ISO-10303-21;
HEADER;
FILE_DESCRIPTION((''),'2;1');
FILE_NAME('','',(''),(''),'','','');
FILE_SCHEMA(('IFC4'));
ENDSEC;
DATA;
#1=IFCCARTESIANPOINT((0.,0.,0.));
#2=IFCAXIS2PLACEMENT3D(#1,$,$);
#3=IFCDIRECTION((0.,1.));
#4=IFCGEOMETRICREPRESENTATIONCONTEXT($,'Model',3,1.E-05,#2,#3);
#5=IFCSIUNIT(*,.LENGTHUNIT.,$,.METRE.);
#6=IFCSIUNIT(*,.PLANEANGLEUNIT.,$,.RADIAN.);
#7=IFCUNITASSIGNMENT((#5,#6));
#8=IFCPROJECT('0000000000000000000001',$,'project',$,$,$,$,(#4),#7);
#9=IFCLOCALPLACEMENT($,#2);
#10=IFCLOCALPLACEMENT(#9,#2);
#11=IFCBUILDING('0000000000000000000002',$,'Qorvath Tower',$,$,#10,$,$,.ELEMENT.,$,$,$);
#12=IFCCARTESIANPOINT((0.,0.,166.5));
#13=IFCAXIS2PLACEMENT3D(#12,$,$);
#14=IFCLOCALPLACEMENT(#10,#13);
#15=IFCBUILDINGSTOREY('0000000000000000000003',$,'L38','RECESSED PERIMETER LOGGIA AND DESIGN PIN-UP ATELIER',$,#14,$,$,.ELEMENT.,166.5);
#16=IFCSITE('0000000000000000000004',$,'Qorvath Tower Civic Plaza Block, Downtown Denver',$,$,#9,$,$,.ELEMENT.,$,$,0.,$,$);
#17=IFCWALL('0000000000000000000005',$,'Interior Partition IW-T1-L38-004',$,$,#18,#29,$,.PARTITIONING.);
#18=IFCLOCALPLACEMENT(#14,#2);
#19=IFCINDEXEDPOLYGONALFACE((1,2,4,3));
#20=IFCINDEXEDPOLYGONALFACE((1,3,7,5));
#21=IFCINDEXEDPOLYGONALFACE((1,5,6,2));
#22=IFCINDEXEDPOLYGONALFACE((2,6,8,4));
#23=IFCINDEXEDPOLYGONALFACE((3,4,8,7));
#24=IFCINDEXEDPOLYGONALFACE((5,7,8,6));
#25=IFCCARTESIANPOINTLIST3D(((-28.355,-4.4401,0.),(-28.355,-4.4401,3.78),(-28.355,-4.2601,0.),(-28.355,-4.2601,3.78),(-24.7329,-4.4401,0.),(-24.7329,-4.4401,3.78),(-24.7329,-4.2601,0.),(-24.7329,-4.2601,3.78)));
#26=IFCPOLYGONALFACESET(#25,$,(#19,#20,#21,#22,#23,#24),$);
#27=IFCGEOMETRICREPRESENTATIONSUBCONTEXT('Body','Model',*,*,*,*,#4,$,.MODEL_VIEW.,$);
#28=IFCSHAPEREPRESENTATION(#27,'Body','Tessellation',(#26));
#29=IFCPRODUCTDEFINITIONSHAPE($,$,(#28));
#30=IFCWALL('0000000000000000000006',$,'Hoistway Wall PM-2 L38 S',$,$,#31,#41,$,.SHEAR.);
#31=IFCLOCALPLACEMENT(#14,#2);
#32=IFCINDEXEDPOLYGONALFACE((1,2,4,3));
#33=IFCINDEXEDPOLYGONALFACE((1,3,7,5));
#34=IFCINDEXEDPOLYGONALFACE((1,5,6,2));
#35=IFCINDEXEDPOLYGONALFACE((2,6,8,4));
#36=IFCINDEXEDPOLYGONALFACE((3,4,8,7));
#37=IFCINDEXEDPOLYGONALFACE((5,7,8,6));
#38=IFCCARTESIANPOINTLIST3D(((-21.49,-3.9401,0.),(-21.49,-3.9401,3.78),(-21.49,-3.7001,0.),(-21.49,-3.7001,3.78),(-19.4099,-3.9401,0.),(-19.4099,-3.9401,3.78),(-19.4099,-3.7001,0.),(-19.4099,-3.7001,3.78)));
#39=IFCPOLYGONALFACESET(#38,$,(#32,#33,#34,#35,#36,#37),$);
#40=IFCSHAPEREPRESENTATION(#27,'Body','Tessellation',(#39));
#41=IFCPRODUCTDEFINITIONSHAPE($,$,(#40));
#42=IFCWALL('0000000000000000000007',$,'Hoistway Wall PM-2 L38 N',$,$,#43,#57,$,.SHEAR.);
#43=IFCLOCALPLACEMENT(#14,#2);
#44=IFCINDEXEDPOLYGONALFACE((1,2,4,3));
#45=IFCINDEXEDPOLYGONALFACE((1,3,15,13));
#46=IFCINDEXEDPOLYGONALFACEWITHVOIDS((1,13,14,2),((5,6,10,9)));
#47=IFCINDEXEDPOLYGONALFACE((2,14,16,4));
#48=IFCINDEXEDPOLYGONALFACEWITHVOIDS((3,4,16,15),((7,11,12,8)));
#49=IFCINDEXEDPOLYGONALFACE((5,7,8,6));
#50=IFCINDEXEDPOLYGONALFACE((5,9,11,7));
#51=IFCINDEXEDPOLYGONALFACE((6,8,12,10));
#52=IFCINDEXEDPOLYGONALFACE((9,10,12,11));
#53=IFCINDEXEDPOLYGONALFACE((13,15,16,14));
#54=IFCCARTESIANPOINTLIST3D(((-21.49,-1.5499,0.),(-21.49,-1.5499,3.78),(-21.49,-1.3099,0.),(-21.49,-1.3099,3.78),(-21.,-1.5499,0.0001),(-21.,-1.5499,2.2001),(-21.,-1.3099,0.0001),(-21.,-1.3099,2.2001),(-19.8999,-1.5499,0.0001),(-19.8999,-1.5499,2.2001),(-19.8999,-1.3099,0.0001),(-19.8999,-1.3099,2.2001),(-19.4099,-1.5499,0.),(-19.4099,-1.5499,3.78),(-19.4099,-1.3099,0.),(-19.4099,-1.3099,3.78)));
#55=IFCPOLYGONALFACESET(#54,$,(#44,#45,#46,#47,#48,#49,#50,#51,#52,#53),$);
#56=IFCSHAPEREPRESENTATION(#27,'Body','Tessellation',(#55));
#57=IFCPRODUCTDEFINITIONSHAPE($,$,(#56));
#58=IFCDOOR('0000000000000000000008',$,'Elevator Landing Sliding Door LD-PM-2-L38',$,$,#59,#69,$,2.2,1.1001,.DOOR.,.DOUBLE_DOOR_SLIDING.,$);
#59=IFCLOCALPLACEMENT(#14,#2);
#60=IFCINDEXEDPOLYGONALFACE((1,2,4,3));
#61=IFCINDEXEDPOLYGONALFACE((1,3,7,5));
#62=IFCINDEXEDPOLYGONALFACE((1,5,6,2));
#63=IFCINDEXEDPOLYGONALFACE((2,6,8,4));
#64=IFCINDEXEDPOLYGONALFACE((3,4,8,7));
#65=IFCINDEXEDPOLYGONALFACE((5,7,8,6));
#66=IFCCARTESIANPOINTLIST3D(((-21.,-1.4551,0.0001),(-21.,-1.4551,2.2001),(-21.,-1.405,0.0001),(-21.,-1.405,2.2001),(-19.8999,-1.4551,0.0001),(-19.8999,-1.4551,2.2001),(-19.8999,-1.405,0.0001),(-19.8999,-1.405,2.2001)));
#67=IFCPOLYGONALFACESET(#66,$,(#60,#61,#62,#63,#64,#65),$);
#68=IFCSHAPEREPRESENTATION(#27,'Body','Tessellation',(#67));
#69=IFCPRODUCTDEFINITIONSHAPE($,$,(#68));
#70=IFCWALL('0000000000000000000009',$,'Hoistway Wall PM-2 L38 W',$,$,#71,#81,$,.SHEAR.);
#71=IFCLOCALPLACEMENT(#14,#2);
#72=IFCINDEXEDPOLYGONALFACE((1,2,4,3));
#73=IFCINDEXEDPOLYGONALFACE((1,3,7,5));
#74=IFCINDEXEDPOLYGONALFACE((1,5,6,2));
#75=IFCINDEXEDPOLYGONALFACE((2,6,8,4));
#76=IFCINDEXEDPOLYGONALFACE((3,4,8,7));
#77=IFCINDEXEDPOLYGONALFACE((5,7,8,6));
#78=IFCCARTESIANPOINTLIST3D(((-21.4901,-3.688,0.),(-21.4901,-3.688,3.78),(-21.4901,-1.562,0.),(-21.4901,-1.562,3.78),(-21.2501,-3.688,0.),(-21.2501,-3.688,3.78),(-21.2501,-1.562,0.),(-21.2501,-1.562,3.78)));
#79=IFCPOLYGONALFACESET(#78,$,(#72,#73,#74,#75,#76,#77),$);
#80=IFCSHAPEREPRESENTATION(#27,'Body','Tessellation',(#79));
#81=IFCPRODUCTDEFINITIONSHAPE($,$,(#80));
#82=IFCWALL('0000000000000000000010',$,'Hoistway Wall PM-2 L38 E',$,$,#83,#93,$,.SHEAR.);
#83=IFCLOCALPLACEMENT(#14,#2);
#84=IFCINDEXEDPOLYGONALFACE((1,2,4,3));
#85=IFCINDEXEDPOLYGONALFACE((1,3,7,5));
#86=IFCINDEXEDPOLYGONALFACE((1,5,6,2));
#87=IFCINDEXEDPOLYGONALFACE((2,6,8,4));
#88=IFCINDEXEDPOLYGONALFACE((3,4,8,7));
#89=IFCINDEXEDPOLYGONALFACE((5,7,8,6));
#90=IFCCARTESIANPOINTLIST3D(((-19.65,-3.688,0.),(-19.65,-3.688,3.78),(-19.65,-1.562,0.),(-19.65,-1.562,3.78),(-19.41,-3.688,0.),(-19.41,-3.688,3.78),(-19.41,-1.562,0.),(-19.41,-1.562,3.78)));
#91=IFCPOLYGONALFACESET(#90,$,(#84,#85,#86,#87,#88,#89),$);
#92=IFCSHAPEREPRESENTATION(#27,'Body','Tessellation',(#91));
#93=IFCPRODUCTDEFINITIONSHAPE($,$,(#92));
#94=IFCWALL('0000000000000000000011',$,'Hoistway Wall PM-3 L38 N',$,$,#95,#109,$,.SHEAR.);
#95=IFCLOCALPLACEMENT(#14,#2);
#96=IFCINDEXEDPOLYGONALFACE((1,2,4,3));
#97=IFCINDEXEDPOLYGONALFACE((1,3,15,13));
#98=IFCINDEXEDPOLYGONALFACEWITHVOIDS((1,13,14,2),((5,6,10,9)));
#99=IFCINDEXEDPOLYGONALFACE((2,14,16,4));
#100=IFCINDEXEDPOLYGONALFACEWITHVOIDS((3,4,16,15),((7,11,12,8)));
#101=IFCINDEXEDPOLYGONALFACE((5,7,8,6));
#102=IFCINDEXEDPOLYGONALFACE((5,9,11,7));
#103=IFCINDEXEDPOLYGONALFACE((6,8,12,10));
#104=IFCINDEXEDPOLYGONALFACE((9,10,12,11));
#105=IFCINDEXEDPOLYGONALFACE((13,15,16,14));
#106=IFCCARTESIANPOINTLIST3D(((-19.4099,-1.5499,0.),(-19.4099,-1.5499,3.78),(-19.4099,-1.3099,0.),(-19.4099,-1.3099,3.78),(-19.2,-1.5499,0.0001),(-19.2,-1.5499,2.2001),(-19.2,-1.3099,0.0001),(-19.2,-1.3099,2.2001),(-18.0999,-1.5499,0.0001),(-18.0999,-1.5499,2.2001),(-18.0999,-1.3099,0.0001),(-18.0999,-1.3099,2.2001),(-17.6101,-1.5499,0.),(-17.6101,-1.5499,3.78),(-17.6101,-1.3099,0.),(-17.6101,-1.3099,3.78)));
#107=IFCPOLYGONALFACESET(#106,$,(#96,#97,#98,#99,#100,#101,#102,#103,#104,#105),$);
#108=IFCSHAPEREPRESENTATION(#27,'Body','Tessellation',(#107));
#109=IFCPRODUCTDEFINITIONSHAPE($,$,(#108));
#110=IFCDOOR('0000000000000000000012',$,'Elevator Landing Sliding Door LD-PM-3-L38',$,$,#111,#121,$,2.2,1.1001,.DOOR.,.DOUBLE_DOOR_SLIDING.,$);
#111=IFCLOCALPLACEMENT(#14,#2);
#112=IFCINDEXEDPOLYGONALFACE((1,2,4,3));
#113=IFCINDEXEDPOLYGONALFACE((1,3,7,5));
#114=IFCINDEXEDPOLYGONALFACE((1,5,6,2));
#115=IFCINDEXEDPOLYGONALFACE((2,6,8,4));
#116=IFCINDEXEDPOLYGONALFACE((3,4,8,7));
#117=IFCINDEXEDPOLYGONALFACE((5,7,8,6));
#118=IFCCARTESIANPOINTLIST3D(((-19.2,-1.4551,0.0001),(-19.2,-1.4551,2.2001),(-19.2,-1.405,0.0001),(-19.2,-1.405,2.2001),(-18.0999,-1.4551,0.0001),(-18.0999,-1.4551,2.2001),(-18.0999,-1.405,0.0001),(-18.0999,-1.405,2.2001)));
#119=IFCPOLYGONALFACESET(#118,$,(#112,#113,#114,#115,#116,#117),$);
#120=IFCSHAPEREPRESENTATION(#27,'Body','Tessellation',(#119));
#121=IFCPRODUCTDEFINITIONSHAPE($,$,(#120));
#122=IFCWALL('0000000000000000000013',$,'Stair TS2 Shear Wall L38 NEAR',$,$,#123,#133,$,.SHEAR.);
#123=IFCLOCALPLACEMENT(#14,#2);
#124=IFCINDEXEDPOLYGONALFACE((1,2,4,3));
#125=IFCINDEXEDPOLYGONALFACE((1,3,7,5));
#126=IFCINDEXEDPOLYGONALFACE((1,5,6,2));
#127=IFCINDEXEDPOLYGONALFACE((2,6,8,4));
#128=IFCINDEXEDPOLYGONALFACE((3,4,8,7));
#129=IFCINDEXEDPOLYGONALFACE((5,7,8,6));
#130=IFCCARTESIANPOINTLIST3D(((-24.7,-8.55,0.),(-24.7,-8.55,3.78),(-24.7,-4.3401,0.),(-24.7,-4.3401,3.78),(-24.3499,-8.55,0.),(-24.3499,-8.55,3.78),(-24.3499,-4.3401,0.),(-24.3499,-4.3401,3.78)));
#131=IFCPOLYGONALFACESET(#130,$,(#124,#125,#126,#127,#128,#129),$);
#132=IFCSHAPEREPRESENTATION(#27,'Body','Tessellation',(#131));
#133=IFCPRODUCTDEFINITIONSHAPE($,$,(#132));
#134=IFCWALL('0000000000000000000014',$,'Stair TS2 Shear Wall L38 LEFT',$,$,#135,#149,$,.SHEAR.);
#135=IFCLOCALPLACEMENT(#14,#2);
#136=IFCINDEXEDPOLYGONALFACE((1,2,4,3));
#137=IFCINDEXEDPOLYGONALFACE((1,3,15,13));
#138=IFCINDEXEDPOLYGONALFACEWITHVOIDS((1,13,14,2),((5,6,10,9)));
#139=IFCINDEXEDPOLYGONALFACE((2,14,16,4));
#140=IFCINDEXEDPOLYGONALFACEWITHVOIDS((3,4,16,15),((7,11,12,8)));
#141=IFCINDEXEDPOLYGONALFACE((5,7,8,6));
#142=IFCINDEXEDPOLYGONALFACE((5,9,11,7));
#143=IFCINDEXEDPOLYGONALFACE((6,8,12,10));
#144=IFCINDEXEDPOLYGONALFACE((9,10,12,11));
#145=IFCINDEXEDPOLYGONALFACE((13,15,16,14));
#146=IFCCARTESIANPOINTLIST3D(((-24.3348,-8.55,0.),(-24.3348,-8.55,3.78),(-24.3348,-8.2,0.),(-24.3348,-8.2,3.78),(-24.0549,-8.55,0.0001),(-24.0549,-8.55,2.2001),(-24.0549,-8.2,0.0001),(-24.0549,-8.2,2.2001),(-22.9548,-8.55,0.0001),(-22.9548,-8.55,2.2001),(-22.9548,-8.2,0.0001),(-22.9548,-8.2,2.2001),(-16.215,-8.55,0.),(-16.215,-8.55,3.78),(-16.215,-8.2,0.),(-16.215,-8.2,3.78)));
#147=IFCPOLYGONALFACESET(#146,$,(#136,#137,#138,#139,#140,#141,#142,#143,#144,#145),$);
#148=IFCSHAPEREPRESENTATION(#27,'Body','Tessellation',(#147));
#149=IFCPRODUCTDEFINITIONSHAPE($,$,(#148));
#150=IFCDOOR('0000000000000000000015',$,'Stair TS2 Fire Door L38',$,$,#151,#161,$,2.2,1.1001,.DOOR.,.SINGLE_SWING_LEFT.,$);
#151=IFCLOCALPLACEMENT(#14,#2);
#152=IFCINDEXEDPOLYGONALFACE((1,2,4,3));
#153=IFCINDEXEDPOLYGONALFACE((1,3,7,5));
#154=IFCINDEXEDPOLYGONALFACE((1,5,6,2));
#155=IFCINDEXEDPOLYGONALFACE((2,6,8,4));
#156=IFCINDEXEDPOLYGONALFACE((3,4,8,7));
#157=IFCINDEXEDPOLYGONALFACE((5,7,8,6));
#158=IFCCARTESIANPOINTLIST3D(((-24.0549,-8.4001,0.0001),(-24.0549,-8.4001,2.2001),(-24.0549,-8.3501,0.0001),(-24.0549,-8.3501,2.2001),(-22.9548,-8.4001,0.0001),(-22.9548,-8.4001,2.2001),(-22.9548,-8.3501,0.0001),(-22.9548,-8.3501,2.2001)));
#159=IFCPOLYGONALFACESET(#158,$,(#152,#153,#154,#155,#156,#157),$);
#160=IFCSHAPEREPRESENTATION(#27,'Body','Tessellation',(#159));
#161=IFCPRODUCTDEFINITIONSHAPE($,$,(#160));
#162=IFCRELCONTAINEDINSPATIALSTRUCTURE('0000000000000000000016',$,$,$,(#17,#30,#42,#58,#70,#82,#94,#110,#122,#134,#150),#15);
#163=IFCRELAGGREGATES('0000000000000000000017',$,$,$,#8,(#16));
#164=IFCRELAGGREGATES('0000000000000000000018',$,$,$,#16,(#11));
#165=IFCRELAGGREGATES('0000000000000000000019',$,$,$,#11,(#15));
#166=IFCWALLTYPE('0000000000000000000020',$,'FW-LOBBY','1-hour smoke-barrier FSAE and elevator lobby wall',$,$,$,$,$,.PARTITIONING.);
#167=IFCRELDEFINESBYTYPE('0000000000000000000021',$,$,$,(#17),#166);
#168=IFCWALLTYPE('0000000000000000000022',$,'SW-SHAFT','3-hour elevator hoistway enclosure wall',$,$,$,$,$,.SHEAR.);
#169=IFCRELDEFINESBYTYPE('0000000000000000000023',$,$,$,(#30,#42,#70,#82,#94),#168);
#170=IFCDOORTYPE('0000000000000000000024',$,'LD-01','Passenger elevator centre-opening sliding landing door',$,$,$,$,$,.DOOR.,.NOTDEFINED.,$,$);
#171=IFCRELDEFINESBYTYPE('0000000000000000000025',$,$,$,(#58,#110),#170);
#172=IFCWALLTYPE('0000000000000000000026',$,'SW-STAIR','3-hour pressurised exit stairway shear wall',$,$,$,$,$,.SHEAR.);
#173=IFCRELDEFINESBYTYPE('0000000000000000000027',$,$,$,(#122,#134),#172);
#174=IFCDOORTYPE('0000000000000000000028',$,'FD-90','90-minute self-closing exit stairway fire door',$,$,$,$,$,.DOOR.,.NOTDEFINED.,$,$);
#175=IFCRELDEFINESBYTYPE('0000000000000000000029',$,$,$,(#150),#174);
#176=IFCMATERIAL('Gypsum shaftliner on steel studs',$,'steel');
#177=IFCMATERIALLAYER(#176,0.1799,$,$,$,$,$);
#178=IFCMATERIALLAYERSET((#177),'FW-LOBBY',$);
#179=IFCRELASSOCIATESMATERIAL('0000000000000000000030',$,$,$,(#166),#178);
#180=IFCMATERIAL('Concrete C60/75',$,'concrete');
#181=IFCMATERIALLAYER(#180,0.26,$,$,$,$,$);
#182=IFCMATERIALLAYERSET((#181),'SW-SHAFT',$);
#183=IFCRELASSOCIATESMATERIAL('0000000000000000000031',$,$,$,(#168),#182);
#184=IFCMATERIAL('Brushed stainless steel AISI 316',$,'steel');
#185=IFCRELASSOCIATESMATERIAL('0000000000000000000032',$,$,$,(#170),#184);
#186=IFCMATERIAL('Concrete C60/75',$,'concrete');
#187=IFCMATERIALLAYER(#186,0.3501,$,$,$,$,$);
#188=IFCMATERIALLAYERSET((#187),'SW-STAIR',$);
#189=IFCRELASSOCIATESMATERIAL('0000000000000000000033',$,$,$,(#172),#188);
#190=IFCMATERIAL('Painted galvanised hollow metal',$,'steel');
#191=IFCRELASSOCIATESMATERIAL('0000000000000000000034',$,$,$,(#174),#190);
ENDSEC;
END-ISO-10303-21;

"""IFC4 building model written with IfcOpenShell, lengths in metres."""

from ifc_helpers import new_model, si_unit, direction, frame, frame_2d, origin, place, context, subcontext, project, spatial, rectangle, extrude, material, layer, layer_set, type_object, element, fill, save


model = new_model("IFC4")

# Units and contexts
model_context = context("Model", 3, precision=1e-05, world=origin(), true_north=direction((0.0, 1.0)))
body_context = subcontext(model_context, "Body", "Model", "MODEL_VIEW")
ifc_project = project(units=[si_unit("LENGTHUNIT", "METRE"), si_unit("PLANEANGLEUNIT", "RADIAN")], contexts=[model_context])

# Site, building, storey
site_placement = place(None, origin())
site = spatial("IfcSite", under=ifc_project, at=site_placement, Name="Qorvath Tower Civic Plaza Block, Downtown Denver", CompositionType="ELEMENT", RefElevation=0.0)
building_placement = place(site_placement, origin())
building = spatial("IfcBuilding", under=site, at=building_placement, Name="Qorvath Tower", CompositionType="ELEMENT")
storey_placement = place(building_placement, frame((0.0, 0.0, 166.5)))
storey = spatial("IfcBuildingStorey", under=building, at=storey_placement, Name="L38", Description="RECESSED PERIMETER LOGGIA AND DESIGN PIN-UP ATELIER", CompositionType="ELEMENT", Elevation=166.5)

# Walls
ifc_material_1 = material(Name="Gypsum shaftliner on steel studs", Category="steel")
ifc_layer_1 = layer(ifc_material_1, 0.1799)
ifc_layer_set_1 = layer_set([ifc_layer_1], Name="FW-LOBBY")
wall_type_1 = type_object("IfcWallType", Name="FW-LOBBY", Description="1-hour smoke-barrier FSAE and elevator lobby wall", PredefinedType="PARTITIONING", material=ifc_layer_set_1)
wall_1_placement = place(storey_placement, frame((-24.7329, -4.3501, 0.0), z_axis=(0.0, 0.0, 1.0), x_axis=(-1.0, 0.0, 0.0)))
element("IfcWall", 1, at=wall_1_placement, inside=storey, type_object=wall_type_1, Name="Interior Partition IW-T1-L38-004", PredefinedType="PARTITIONING", context=body_context, shape_type="SweptSolid", body=[
    extrude(rectangle(XDim=3.6221, YDim=0.1799, at=frame_2d((1.811, 0.0))), origin(), (0.0, 0.0, 1.0), 3.78),
])
ifc_material_2 = material(Name="Concrete C60/75", Category="concrete")
ifc_layer_2 = layer(ifc_material_2, 0.26)
ifc_layer_set_2 = layer_set([ifc_layer_2], Name="SW-SHAFT")
wall_type_2 = type_object("IfcWallType", Name="SW-SHAFT", Description="3-hour elevator hoistway enclosure wall", PredefinedType="SHEAR", material=ifc_layer_set_2)
wall_2_placement = place(storey_placement, frame((-19.4099, -3.8201, 0.0), z_axis=(0.0, 0.0, 1.0), x_axis=(-1.0, 0.0, 0.0)))
element("IfcWall", 2, at=wall_2_placement, inside=storey, type_object=wall_type_2, Name="Hoistway Wall PM-2 L38 S", PredefinedType="SHEAR", context=body_context, shape_type="SweptSolid", body=[
    extrude(rectangle(XDim=2.0801, YDim=0.24, at=frame_2d((1.04, 0.0))), origin(), (0.0, 0.0, 1.0), 3.78),
])

# Wall, opening, door
wall_3_placement = place(storey_placement, frame((-21.49, -1.4299, 0.0), z_axis=(0.0, 0.0, 1.0), x_axis=(1.0, 0.0, 0.0)))
wall_3 = element("IfcWall", 3, at=wall_3_placement, inside=storey, type_object=wall_type_2, Name="Hoistway Wall PM-2 L38 N", PredefinedType="SHEAR", context=body_context, shape_type="SweptSolid", body=[
    extrude(rectangle(XDim=2.0801, YDim=0.24, at=frame_2d((1.04, 0.0))), origin(), (0.0, 0.0, 1.0), 3.78),
])
opening_1_placement = place(wall_3_placement, frame((0.49, 0.0, 0.0)))
opening_1 = element("IfcOpeningElement", 4, at=opening_1_placement, cuts=wall_3, PredefinedType="OPENING", context=body_context, shape_type="SweptSolid", body=[
    extrude(rectangle(XDim=1.1001, YDim=2.2, at=frame_2d((0.55, 1.1001))), frame((0.0, 0.1299, 0.0), z_axis=(0.0, -1.0, 0.0), x_axis=(1.0, 0.0, 0.0)), (0.0, 0.0, 1.0), 0.26),
])
ifc_material_3 = material(Name="Brushed stainless steel AISI 316", Category="steel")
door_type_1 = type_object("IfcDoorType", Name="LD-01", Description="Passenger elevator centre-opening sliding landing door", OperationType="NOTDEFINED", PredefinedType="DOOR", material=ifc_material_3)
door_1_placement = place(opening_1_placement, origin())
door_1 = element("IfcDoor", 5, at=door_1_placement, inside=storey, type_object=door_type_1, Name="Elevator Landing Sliding Door LD-PM-2-L38", OperationType="DOUBLE_DOOR_SLIDING", OverallHeight=2.2, OverallWidth=1.1001, PredefinedType="DOOR", context=body_context, shape_type="SweptSolid", body=[
    extrude(rectangle(XDim=1.1001, YDim=2.2, at=frame_2d((0.55, 1.1001))), frame((0.0, 0.0249, 0.0), z_axis=(0.0, -1.0, 0.0), x_axis=(1.0, 0.0, 0.0)), (0.0, 0.0, 1.0), 0.05),
])
fill(opening_1, door_1)

# Walls
for number, where, z_axis, x_axis, name in (
    (6, (-21.3701, -3.688, 0.0), (0.0, 0.0, 1.0), (0.0, 1.0, 0.0), "Hoistway Wall PM-2 L38 W"),
    (7, (-19.53, -1.562, 0.0), (0.0, 0.0, 1.0), (0.0, -1.0, 0.0), "Hoistway Wall PM-2 L38 E"),
):
    element("IfcWall", number, at=place(storey_placement, frame(where, z_axis=z_axis, x_axis=x_axis)), inside=storey, type_object=wall_type_2, Name=name, PredefinedType="SHEAR", context=body_context, shape_type="SweptSolid", body=[
        extrude(rectangle(XDim=2.126, YDim=0.24, at=frame_2d((1.063, 0.0))), origin(), (0.0, 0.0, 1.0), 3.78),
    ])

# Wall, opening, door
wall_4_placement = place(storey_placement, frame((-19.4099, -1.4299, 0.0), z_axis=(0.0, 0.0, 1.0), x_axis=(1.0, 0.0, 0.0)))
wall_4 = element("IfcWall", 8, at=wall_4_placement, inside=storey, type_object=wall_type_2, Name="Hoistway Wall PM-3 L38 N", PredefinedType="SHEAR", context=body_context, shape_type="SweptSolid", body=[
    extrude(rectangle(XDim=1.7998, YDim=0.24, at=frame_2d((0.8999, 0.0))), origin(), (0.0, 0.0, 1.0), 3.78),
])
opening_2_placement = place(wall_4_placement, frame((0.21, 0.0, 0.0)))
opening_2 = element("IfcOpeningElement", 9, at=opening_2_placement, cuts=wall_4, PredefinedType="OPENING", context=body_context, shape_type="SweptSolid", body=[
    extrude(rectangle(XDim=1.1001, YDim=2.2, at=frame_2d((0.55, 1.1001))), frame((0.0, 0.1299, 0.0), z_axis=(0.0, -1.0, 0.0), x_axis=(1.0, 0.0, 0.0)), (0.0, 0.0, 1.0), 0.26),
])
door_2_placement = place(opening_2_placement, origin())
door_2 = element("IfcDoor", 10, at=door_2_placement, inside=storey, type_object=door_type_1, Name="Elevator Landing Sliding Door LD-PM-3-L38", OperationType="DOUBLE_DOOR_SLIDING", OverallHeight=2.2, OverallWidth=1.1001, PredefinedType="DOOR", context=body_context, shape_type="SweptSolid", body=[
    extrude(rectangle(XDim=1.1001, YDim=2.2, at=frame_2d((0.55, 1.1001))), frame((0.0, 0.0249, 0.0), z_axis=(0.0, -1.0, 0.0), x_axis=(1.0, 0.0, 0.0)), (0.0, 0.0, 1.0), 0.05),
])
fill(opening_2, door_2)

# Wall
ifc_material_4 = material(Name="Concrete C60/75", Category="concrete")
ifc_layer_3 = layer(ifc_material_4, 0.3501)
ifc_layer_set_3 = layer_set([ifc_layer_3], Name="SW-STAIR")
wall_type_3 = type_object("IfcWallType", Name="SW-STAIR", Description="3-hour pressurised exit stairway shear wall", PredefinedType="SHEAR", material=ifc_layer_set_3)
wall_5_placement = place(storey_placement, frame((-24.5249, -4.3401, 0.0), z_axis=(0.0, 0.0, 1.0), x_axis=(0.0, -1.0, 0.0)))
element("IfcWall", 11, at=wall_5_placement, inside=storey, type_object=wall_type_3, Name="Stair TS2 Shear Wall L38 NEAR", PredefinedType="SHEAR", context=body_context, shape_type="SweptSolid", body=[
    extrude(rectangle(XDim=4.21, YDim=0.3501, at=frame_2d((2.105, 0.0))), origin(), (0.0, 0.0, 1.0), 3.78),
])

# Wall, opening, door
wall_6_placement = place(storey_placement, frame((-24.335, -8.375, 0.0), z_axis=(0.0, 0.0, 1.0), x_axis=(1.0, 0.0, 0.0)))
wall_6 = element("IfcWall", 12, at=wall_6_placement, inside=storey, type_object=wall_type_3, Name="Stair TS2 Shear Wall L38 LEFT", PredefinedType="SHEAR", context=body_context, shape_type="SweptSolid", body=[
    extrude(rectangle(XDim=8.1199, YDim=0.3501, at=frame_2d((4.0601, 0.0))), origin(), (0.0, 0.0, 1.0), 3.78),
])
opening_3_placement = place(wall_6_placement, frame((0.28, 0.0, 0.0)))
opening_3 = element("IfcOpeningElement", 13, at=opening_3_placement, cuts=wall_6, PredefinedType="OPENING", context=body_context, shape_type="SweptSolid", body=[
    extrude(rectangle(XDim=1.1001, YDim=2.2, at=frame_2d((0.55, 1.1001))), frame((0.0, 0.1851, 0.0), z_axis=(0.0, -1.0, 0.0), x_axis=(1.0, 0.0, 0.0)), (0.0, 0.0, 1.0), 0.3701),
])
ifc_material_5 = material(Name="Painted galvanised hollow metal", Category="steel")
door_type_2 = type_object("IfcDoorType", Name="FD-90", Description="90-minute self-closing exit stairway fire door", OperationType="NOTDEFINED", PredefinedType="DOOR", material=ifc_material_5)
door_3_placement = place(opening_3_placement, origin())
door_3 = element("IfcDoor", 14, at=door_3_placement, inside=storey, type_object=door_type_2, Name="Stair TS2 Fire Door L38", OperationType="SINGLE_SWING_LEFT", OverallHeight=2.2, OverallWidth=1.1001, PredefinedType="DOOR", context=body_context, shape_type="SweptSolid", body=[
    extrude(rectangle(XDim=1.1001, YDim=2.2, at=frame_2d((0.55, 1.1001))), frame((0.0, 0.0249, 0.0), z_axis=(0.0, -1.0, 0.0), x_axis=(1.0, 0.0, 0.0)), (0.0, 0.0, 1.0), 0.05),
])
fill(opening_3, door_3)

save(model, "model.ifc")
